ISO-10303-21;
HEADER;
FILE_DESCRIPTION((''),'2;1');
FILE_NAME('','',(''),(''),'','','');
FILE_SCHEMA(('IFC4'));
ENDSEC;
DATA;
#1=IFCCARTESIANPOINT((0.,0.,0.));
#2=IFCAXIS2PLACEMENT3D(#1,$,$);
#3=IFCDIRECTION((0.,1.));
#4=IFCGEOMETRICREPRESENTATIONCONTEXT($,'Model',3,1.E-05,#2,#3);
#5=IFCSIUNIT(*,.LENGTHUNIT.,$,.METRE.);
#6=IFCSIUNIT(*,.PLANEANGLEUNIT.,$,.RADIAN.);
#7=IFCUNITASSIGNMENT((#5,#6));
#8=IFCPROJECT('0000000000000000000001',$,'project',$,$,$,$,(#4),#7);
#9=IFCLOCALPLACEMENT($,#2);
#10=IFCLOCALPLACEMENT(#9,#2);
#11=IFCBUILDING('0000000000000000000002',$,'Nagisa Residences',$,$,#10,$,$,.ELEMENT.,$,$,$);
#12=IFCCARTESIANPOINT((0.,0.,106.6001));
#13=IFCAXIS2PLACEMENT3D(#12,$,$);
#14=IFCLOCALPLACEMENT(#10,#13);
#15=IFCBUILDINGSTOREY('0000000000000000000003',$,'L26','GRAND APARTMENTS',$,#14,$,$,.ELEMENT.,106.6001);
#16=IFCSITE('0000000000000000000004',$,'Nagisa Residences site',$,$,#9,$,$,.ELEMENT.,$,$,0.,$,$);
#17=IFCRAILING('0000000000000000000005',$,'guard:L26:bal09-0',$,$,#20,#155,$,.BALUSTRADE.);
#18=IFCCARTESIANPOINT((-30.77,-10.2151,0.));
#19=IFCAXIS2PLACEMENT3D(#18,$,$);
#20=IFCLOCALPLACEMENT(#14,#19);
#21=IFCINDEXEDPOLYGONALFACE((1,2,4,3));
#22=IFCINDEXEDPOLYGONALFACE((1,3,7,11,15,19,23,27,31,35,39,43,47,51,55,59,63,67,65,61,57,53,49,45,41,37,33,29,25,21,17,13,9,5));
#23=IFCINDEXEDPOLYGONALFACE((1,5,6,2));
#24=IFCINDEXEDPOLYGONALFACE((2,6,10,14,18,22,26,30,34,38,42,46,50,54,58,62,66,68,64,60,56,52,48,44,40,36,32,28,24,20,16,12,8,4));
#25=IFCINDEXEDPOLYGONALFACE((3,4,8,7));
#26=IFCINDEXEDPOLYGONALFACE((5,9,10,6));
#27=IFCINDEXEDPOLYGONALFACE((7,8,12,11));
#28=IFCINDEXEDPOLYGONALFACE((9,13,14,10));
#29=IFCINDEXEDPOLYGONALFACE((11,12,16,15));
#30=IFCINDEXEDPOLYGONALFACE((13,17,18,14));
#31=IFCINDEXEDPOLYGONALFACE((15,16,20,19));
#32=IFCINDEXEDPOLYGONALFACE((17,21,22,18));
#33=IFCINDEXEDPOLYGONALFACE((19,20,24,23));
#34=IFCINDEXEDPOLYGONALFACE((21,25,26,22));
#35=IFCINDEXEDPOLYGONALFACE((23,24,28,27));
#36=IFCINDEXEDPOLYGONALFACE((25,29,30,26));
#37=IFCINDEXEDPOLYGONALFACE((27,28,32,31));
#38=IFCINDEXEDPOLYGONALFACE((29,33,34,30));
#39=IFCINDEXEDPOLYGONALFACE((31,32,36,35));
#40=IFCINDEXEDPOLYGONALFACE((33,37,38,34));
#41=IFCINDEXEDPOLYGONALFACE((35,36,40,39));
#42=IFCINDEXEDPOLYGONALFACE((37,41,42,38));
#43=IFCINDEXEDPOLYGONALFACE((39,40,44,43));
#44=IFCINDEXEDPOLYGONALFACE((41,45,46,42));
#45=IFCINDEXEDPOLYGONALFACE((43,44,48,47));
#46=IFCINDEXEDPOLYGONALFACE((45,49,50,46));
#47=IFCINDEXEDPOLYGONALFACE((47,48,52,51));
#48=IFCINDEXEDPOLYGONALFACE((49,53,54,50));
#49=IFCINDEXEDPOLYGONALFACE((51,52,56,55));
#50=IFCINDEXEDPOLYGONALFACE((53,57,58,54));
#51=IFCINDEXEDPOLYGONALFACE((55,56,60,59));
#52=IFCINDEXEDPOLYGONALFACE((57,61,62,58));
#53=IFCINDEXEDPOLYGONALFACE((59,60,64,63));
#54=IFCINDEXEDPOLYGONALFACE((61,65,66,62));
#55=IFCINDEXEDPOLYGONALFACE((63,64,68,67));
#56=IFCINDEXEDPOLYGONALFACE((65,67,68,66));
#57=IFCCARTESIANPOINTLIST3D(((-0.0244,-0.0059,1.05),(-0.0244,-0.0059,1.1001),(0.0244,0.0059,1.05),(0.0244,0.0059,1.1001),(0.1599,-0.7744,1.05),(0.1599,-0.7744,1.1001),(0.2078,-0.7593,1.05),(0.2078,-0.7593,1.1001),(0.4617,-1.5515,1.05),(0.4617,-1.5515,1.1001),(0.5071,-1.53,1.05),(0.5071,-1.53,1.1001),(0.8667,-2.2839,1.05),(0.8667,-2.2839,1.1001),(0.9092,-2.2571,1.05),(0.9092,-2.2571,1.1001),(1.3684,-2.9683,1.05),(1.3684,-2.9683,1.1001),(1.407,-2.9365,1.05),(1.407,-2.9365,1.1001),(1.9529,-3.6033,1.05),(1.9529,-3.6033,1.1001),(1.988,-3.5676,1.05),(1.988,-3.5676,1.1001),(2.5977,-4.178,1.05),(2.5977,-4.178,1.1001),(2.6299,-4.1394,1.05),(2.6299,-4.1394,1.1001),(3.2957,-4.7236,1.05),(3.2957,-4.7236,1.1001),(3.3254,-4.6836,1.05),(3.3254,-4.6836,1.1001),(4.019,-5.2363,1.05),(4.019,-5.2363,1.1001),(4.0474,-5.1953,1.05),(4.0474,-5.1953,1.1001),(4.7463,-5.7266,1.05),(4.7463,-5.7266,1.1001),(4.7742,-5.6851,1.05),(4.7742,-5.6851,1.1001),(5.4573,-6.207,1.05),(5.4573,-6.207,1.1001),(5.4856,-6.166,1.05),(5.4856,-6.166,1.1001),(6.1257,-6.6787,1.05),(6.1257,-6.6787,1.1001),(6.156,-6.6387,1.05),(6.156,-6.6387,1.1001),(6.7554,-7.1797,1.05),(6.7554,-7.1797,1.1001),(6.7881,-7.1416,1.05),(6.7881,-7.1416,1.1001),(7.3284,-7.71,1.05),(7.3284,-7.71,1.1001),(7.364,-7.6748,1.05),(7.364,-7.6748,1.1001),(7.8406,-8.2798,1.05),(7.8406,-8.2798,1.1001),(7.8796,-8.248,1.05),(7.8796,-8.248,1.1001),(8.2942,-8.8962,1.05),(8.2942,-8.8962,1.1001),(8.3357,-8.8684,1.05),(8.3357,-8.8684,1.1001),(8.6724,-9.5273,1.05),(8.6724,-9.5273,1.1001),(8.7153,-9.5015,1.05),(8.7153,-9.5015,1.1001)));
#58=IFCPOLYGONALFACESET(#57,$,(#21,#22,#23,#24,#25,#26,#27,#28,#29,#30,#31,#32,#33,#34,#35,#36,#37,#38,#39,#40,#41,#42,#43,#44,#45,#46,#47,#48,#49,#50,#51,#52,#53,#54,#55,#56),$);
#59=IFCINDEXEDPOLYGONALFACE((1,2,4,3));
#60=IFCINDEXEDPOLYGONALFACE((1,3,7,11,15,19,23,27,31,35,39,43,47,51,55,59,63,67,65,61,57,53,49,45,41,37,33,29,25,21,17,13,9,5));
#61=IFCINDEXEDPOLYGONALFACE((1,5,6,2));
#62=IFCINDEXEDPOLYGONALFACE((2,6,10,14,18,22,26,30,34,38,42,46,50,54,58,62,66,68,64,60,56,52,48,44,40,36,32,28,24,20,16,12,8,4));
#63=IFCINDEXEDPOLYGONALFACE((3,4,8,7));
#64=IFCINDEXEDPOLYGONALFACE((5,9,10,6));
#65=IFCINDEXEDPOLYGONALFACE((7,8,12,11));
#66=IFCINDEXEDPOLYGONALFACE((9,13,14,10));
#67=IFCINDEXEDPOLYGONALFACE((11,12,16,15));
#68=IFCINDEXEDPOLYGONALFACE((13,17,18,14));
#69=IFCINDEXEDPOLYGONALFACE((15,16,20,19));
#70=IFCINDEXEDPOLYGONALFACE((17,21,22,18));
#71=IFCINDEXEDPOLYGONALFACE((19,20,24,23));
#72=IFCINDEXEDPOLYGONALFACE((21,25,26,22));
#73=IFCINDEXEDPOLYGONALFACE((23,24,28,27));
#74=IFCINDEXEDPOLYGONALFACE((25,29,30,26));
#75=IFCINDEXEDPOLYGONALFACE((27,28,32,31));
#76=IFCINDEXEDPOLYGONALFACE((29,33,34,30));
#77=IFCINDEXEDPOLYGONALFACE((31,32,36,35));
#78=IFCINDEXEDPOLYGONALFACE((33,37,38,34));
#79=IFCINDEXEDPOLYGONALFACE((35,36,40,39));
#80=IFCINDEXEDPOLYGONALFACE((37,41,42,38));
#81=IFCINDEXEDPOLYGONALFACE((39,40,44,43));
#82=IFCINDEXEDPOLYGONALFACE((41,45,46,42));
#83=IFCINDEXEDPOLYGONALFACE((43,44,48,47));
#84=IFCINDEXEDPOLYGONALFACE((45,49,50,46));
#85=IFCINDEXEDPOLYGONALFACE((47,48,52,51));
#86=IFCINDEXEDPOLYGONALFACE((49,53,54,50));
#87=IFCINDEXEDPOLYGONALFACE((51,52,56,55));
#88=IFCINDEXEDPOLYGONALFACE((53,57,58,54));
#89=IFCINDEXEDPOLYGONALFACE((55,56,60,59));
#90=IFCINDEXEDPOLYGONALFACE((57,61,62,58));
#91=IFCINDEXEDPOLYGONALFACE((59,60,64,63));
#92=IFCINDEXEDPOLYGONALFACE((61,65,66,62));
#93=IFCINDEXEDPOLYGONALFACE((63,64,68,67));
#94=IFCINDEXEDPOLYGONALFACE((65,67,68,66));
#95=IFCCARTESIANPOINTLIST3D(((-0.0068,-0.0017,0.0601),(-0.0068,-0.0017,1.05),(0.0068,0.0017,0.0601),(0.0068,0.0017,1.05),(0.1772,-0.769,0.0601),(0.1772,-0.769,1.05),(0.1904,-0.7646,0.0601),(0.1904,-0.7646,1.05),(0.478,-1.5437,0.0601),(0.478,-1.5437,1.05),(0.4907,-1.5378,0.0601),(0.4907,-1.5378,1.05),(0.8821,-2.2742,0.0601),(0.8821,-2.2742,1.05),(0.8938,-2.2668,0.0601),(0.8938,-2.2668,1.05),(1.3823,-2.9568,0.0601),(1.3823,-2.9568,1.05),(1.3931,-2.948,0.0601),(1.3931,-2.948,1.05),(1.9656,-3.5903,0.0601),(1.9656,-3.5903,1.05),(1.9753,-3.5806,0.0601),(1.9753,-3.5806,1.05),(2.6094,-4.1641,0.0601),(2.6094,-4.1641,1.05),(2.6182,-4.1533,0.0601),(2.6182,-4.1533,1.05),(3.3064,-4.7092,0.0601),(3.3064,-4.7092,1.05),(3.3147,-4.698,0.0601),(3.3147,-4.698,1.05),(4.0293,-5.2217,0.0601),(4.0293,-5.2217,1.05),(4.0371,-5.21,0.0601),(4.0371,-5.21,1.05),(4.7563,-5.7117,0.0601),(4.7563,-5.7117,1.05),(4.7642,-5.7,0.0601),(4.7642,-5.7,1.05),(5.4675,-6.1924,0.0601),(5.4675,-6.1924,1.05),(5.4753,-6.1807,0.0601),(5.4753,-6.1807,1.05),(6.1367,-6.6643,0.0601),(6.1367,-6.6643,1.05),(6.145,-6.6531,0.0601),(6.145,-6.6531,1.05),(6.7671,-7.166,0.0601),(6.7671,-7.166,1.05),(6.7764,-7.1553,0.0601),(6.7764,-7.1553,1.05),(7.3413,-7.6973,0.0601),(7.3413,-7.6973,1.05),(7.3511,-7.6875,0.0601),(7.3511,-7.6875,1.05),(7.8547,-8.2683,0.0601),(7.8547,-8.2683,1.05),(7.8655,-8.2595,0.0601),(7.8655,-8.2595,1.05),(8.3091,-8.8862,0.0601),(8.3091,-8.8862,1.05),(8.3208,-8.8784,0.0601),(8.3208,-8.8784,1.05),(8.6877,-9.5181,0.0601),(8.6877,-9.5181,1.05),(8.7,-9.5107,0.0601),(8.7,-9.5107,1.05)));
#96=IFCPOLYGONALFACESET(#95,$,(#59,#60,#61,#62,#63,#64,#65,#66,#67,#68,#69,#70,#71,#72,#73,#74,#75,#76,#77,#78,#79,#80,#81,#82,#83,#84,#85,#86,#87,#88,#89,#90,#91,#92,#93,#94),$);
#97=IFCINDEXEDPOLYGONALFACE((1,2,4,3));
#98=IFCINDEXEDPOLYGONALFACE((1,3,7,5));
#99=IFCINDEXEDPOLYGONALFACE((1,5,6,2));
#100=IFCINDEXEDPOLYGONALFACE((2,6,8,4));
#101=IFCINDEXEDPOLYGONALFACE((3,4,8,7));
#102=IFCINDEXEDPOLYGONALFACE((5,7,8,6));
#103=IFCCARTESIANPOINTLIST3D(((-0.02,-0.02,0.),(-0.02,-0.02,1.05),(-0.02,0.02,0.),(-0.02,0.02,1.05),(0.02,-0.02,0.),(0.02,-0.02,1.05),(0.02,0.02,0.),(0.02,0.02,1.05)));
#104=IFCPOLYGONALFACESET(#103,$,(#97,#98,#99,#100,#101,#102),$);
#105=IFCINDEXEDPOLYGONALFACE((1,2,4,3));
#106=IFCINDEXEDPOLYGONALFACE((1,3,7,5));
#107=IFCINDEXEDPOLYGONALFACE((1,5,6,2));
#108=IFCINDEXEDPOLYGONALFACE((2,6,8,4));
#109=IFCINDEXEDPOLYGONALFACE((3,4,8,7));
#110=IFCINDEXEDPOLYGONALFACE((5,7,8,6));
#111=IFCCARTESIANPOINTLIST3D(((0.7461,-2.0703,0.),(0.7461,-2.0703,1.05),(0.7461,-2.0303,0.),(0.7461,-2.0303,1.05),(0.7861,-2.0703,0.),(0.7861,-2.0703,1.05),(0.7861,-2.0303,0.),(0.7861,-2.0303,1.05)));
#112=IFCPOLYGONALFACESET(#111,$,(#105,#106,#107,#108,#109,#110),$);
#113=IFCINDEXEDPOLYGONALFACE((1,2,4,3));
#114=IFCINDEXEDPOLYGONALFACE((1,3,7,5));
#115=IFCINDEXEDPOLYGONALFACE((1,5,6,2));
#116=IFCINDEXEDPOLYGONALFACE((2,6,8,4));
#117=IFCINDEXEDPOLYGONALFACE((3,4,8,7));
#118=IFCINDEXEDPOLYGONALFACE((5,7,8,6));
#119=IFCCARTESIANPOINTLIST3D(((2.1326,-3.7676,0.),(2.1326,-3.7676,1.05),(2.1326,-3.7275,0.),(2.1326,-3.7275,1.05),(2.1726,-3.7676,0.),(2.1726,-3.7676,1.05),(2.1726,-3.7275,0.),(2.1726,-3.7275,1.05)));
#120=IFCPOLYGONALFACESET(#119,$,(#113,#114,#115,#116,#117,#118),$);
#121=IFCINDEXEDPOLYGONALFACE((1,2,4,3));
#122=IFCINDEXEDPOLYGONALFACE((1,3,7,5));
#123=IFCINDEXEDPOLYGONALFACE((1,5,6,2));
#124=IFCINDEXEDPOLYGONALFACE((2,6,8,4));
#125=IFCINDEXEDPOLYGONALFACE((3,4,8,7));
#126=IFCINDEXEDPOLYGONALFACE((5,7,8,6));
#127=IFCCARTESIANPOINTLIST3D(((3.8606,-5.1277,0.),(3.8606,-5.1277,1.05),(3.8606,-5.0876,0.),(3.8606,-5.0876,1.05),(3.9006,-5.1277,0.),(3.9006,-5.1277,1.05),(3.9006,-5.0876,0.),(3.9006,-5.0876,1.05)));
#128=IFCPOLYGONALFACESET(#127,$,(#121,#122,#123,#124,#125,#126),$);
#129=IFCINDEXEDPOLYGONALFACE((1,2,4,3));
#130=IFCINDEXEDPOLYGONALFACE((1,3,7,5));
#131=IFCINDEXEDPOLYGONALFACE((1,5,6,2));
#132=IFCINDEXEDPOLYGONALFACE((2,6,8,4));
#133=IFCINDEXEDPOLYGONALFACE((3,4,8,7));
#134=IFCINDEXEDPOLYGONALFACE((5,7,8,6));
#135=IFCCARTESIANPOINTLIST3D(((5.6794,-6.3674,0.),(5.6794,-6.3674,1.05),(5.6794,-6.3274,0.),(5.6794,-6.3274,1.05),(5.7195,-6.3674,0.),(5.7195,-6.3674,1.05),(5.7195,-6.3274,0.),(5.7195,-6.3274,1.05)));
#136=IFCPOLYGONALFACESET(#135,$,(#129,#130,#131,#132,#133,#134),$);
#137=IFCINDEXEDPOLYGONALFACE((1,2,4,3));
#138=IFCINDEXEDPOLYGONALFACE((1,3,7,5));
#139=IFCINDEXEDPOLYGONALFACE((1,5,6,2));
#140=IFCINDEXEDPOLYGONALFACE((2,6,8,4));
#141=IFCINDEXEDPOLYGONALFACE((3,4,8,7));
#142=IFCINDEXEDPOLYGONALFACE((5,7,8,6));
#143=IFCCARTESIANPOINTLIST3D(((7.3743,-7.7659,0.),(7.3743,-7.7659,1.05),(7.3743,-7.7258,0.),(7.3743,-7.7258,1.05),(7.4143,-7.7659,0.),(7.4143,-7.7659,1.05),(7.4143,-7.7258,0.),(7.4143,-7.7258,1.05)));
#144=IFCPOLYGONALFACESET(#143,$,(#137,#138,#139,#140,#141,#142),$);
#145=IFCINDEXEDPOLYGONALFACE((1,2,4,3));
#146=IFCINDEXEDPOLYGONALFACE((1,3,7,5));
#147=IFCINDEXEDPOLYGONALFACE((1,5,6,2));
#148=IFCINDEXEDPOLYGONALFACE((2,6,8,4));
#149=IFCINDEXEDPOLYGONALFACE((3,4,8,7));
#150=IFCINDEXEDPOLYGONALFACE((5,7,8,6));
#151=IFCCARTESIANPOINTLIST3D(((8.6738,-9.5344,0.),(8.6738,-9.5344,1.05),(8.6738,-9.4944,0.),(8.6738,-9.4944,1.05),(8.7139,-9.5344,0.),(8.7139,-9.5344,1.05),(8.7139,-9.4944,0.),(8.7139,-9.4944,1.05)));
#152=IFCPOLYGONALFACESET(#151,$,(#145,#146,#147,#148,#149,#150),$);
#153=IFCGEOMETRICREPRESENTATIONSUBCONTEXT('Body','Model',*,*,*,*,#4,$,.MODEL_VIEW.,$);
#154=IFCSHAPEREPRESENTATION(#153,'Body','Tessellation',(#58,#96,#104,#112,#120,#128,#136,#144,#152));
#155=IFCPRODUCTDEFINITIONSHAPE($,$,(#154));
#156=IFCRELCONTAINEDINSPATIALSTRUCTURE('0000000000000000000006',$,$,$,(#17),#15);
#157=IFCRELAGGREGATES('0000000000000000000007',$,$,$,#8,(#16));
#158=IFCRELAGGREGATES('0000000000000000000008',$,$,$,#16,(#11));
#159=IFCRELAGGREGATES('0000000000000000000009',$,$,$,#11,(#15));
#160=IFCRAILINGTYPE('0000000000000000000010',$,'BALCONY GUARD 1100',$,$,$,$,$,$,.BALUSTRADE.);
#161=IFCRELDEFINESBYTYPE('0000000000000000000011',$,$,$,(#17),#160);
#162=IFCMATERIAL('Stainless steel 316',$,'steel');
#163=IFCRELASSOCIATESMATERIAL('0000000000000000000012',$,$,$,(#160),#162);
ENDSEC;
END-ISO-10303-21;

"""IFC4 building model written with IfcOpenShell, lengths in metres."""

from ifc_helpers import new_model, si_unit, direction, frame, origin, origin_2d, place, context, subcontext, project, spatial, polyline, rectangle, outline, extrude, material, type_object, element, save


model = new_model("IFC4")

# Units and contexts
model_context = context("Model", 3, precision=1e-05, world=origin(), true_north=direction((0.0, 1.0)))
body_context = subcontext(model_context, "Body", "Model", "MODEL_VIEW")
ifc_project = project(units=[si_unit("LENGTHUNIT", "METRE"), si_unit("PLANEANGLEUNIT", "RADIAN")], contexts=[model_context])

# Site, building, storey
site_placement = place(None, origin())
site = spatial("IfcSite", under=ifc_project, at=site_placement, Name="Nagisa Residences site", CompositionType="ELEMENT", RefElevation=0.0)
building_placement = place(site_placement, origin())
building = spatial("IfcBuilding", under=site, at=building_placement, Name="Nagisa Residences", CompositionType="ELEMENT")
storey_placement = place(building_placement, frame((0.0, 0.0, 106.6001)))
storey = spatial("IfcBuildingStorey", under=building, at=storey_placement, Name="L26", Description="GRAND APARTMENTS", CompositionType="ELEMENT", Elevation=106.6001)

# Railing
ifc_material_1 = material(Name="Stainless steel 316", Category="steel")
railing_type = type_object("IfcRailingType", Name="BALCONY GUARD 1100", PredefinedType="BALUSTRADE", material=ifc_material_1)
railing_placement = place(storey_placement, frame((-30.77, -10.2151, 0.0)))
element("IfcRailing", 1, at=railing_placement, inside=storey, type_object=railing_type, Name="guard:L26:bal09-0", PredefinedType="BALUSTRADE", context=body_context, shape_type="SweptSolid", body=[
    extrude(outline(polyline([(0.2078, -0.7593), (0.0244, 0.0059), (-0.0244, -0.0059), (0.1599, -0.7744), (0.4617, -1.5515), (0.8667, -2.2839), (1.3684, -2.9683), (1.9529, -3.6033), (2.5977, -4.178), (3.2957, -4.7236), (4.019, -5.2363), (4.7463, -5.7266), (5.4573, -6.207), (6.1257, -6.6787), (6.7554, -7.1797), (7.3284, -7.71), (7.8406, -8.2798), (8.2942, -8.8962), (8.6724, -9.5273), (8.7153, -9.5015), (8.3357, -8.8684), (7.8796, -8.248), (7.364, -7.6748), (6.7881, -7.1416), (6.156, -6.6387), (5.4856, -6.166), (4.7742, -5.6851), (4.0474, -5.1953), (3.3254, -4.6836), (2.6299, -4.1394), (1.988, -3.5676), (1.407, -2.9365), (0.9092, -2.2571), (0.5071, -1.53), (0.2078, -0.7593)])), frame((0.0, 0.0, 1.05)), (0.0, 0.0, 1.0), 0.05),
    extrude(outline(polyline([(0.1904, -0.7646), (0.0068, 0.0017), (-0.0068, -0.0017), (0.1772, -0.769), (0.478, -1.5437), (0.8821, -2.2742), (1.3823, -2.9568), (1.9656, -3.5903), (2.6094, -4.1641), (3.3064, -4.7092), (4.0293, -5.2217), (4.7563, -5.7117), (5.4675, -6.1924), (6.1367, -6.6643), (6.7671, -7.166), (7.3413, -7.6973), (7.8547, -8.2683), (8.3091, -8.8862), (8.6877, -9.5181), (8.7, -9.5107), (8.3208, -8.8784), (7.8655, -8.2595), (7.3511, -7.6875), (6.7764, -7.1553), (6.145, -6.6531), (5.4753, -6.1807), (4.7642, -5.7), (4.0371, -5.21), (3.3147, -4.698), (2.6182, -4.1533), (1.9753, -3.5806), (1.3931, -2.948), (0.8938, -2.2668), (0.4907, -1.5378), (0.1904, -0.7646)])), frame((0.0, 0.0, 0.0601)), (0.0, 0.0, 1.0), 0.99),
    extrude(rectangle(XDim=0.04, YDim=0.04, at=origin_2d()), origin(), (0.0, 0.0, 1.0), 1.05),
    extrude(rectangle(XDim=0.04, YDim=0.04, at=origin_2d()), frame((0.7661, -2.0503, 0.0)), (0.0, 0.0, 1.0), 1.05),
    extrude(rectangle(XDim=0.04, YDim=0.04, at=origin_2d()), frame((2.1526, -3.7476, 0.0)), (0.0, 0.0, 1.0), 1.05),
    extrude(rectangle(XDim=0.04, YDim=0.04, at=origin_2d()), frame((3.8806, -5.1077, 0.0)), (0.0, 0.0, 1.0), 1.05),
    extrude(rectangle(XDim=0.04, YDim=0.04, at=origin_2d()), frame((5.6995, -6.3474, 0.0)), (0.0, 0.0, 1.0), 1.05),
    extrude(rectangle(XDim=0.04, YDim=0.04, at=origin_2d()), frame((7.3943, -7.7458, 0.0)), (0.0, 0.0, 1.0), 1.05),
    extrude(rectangle(XDim=0.04, YDim=0.04, at=origin_2d()), frame((8.6938, -9.5144, 0.0)), (0.0, 0.0, 1.0), 1.05),
])

save(model, "model.ifc")
